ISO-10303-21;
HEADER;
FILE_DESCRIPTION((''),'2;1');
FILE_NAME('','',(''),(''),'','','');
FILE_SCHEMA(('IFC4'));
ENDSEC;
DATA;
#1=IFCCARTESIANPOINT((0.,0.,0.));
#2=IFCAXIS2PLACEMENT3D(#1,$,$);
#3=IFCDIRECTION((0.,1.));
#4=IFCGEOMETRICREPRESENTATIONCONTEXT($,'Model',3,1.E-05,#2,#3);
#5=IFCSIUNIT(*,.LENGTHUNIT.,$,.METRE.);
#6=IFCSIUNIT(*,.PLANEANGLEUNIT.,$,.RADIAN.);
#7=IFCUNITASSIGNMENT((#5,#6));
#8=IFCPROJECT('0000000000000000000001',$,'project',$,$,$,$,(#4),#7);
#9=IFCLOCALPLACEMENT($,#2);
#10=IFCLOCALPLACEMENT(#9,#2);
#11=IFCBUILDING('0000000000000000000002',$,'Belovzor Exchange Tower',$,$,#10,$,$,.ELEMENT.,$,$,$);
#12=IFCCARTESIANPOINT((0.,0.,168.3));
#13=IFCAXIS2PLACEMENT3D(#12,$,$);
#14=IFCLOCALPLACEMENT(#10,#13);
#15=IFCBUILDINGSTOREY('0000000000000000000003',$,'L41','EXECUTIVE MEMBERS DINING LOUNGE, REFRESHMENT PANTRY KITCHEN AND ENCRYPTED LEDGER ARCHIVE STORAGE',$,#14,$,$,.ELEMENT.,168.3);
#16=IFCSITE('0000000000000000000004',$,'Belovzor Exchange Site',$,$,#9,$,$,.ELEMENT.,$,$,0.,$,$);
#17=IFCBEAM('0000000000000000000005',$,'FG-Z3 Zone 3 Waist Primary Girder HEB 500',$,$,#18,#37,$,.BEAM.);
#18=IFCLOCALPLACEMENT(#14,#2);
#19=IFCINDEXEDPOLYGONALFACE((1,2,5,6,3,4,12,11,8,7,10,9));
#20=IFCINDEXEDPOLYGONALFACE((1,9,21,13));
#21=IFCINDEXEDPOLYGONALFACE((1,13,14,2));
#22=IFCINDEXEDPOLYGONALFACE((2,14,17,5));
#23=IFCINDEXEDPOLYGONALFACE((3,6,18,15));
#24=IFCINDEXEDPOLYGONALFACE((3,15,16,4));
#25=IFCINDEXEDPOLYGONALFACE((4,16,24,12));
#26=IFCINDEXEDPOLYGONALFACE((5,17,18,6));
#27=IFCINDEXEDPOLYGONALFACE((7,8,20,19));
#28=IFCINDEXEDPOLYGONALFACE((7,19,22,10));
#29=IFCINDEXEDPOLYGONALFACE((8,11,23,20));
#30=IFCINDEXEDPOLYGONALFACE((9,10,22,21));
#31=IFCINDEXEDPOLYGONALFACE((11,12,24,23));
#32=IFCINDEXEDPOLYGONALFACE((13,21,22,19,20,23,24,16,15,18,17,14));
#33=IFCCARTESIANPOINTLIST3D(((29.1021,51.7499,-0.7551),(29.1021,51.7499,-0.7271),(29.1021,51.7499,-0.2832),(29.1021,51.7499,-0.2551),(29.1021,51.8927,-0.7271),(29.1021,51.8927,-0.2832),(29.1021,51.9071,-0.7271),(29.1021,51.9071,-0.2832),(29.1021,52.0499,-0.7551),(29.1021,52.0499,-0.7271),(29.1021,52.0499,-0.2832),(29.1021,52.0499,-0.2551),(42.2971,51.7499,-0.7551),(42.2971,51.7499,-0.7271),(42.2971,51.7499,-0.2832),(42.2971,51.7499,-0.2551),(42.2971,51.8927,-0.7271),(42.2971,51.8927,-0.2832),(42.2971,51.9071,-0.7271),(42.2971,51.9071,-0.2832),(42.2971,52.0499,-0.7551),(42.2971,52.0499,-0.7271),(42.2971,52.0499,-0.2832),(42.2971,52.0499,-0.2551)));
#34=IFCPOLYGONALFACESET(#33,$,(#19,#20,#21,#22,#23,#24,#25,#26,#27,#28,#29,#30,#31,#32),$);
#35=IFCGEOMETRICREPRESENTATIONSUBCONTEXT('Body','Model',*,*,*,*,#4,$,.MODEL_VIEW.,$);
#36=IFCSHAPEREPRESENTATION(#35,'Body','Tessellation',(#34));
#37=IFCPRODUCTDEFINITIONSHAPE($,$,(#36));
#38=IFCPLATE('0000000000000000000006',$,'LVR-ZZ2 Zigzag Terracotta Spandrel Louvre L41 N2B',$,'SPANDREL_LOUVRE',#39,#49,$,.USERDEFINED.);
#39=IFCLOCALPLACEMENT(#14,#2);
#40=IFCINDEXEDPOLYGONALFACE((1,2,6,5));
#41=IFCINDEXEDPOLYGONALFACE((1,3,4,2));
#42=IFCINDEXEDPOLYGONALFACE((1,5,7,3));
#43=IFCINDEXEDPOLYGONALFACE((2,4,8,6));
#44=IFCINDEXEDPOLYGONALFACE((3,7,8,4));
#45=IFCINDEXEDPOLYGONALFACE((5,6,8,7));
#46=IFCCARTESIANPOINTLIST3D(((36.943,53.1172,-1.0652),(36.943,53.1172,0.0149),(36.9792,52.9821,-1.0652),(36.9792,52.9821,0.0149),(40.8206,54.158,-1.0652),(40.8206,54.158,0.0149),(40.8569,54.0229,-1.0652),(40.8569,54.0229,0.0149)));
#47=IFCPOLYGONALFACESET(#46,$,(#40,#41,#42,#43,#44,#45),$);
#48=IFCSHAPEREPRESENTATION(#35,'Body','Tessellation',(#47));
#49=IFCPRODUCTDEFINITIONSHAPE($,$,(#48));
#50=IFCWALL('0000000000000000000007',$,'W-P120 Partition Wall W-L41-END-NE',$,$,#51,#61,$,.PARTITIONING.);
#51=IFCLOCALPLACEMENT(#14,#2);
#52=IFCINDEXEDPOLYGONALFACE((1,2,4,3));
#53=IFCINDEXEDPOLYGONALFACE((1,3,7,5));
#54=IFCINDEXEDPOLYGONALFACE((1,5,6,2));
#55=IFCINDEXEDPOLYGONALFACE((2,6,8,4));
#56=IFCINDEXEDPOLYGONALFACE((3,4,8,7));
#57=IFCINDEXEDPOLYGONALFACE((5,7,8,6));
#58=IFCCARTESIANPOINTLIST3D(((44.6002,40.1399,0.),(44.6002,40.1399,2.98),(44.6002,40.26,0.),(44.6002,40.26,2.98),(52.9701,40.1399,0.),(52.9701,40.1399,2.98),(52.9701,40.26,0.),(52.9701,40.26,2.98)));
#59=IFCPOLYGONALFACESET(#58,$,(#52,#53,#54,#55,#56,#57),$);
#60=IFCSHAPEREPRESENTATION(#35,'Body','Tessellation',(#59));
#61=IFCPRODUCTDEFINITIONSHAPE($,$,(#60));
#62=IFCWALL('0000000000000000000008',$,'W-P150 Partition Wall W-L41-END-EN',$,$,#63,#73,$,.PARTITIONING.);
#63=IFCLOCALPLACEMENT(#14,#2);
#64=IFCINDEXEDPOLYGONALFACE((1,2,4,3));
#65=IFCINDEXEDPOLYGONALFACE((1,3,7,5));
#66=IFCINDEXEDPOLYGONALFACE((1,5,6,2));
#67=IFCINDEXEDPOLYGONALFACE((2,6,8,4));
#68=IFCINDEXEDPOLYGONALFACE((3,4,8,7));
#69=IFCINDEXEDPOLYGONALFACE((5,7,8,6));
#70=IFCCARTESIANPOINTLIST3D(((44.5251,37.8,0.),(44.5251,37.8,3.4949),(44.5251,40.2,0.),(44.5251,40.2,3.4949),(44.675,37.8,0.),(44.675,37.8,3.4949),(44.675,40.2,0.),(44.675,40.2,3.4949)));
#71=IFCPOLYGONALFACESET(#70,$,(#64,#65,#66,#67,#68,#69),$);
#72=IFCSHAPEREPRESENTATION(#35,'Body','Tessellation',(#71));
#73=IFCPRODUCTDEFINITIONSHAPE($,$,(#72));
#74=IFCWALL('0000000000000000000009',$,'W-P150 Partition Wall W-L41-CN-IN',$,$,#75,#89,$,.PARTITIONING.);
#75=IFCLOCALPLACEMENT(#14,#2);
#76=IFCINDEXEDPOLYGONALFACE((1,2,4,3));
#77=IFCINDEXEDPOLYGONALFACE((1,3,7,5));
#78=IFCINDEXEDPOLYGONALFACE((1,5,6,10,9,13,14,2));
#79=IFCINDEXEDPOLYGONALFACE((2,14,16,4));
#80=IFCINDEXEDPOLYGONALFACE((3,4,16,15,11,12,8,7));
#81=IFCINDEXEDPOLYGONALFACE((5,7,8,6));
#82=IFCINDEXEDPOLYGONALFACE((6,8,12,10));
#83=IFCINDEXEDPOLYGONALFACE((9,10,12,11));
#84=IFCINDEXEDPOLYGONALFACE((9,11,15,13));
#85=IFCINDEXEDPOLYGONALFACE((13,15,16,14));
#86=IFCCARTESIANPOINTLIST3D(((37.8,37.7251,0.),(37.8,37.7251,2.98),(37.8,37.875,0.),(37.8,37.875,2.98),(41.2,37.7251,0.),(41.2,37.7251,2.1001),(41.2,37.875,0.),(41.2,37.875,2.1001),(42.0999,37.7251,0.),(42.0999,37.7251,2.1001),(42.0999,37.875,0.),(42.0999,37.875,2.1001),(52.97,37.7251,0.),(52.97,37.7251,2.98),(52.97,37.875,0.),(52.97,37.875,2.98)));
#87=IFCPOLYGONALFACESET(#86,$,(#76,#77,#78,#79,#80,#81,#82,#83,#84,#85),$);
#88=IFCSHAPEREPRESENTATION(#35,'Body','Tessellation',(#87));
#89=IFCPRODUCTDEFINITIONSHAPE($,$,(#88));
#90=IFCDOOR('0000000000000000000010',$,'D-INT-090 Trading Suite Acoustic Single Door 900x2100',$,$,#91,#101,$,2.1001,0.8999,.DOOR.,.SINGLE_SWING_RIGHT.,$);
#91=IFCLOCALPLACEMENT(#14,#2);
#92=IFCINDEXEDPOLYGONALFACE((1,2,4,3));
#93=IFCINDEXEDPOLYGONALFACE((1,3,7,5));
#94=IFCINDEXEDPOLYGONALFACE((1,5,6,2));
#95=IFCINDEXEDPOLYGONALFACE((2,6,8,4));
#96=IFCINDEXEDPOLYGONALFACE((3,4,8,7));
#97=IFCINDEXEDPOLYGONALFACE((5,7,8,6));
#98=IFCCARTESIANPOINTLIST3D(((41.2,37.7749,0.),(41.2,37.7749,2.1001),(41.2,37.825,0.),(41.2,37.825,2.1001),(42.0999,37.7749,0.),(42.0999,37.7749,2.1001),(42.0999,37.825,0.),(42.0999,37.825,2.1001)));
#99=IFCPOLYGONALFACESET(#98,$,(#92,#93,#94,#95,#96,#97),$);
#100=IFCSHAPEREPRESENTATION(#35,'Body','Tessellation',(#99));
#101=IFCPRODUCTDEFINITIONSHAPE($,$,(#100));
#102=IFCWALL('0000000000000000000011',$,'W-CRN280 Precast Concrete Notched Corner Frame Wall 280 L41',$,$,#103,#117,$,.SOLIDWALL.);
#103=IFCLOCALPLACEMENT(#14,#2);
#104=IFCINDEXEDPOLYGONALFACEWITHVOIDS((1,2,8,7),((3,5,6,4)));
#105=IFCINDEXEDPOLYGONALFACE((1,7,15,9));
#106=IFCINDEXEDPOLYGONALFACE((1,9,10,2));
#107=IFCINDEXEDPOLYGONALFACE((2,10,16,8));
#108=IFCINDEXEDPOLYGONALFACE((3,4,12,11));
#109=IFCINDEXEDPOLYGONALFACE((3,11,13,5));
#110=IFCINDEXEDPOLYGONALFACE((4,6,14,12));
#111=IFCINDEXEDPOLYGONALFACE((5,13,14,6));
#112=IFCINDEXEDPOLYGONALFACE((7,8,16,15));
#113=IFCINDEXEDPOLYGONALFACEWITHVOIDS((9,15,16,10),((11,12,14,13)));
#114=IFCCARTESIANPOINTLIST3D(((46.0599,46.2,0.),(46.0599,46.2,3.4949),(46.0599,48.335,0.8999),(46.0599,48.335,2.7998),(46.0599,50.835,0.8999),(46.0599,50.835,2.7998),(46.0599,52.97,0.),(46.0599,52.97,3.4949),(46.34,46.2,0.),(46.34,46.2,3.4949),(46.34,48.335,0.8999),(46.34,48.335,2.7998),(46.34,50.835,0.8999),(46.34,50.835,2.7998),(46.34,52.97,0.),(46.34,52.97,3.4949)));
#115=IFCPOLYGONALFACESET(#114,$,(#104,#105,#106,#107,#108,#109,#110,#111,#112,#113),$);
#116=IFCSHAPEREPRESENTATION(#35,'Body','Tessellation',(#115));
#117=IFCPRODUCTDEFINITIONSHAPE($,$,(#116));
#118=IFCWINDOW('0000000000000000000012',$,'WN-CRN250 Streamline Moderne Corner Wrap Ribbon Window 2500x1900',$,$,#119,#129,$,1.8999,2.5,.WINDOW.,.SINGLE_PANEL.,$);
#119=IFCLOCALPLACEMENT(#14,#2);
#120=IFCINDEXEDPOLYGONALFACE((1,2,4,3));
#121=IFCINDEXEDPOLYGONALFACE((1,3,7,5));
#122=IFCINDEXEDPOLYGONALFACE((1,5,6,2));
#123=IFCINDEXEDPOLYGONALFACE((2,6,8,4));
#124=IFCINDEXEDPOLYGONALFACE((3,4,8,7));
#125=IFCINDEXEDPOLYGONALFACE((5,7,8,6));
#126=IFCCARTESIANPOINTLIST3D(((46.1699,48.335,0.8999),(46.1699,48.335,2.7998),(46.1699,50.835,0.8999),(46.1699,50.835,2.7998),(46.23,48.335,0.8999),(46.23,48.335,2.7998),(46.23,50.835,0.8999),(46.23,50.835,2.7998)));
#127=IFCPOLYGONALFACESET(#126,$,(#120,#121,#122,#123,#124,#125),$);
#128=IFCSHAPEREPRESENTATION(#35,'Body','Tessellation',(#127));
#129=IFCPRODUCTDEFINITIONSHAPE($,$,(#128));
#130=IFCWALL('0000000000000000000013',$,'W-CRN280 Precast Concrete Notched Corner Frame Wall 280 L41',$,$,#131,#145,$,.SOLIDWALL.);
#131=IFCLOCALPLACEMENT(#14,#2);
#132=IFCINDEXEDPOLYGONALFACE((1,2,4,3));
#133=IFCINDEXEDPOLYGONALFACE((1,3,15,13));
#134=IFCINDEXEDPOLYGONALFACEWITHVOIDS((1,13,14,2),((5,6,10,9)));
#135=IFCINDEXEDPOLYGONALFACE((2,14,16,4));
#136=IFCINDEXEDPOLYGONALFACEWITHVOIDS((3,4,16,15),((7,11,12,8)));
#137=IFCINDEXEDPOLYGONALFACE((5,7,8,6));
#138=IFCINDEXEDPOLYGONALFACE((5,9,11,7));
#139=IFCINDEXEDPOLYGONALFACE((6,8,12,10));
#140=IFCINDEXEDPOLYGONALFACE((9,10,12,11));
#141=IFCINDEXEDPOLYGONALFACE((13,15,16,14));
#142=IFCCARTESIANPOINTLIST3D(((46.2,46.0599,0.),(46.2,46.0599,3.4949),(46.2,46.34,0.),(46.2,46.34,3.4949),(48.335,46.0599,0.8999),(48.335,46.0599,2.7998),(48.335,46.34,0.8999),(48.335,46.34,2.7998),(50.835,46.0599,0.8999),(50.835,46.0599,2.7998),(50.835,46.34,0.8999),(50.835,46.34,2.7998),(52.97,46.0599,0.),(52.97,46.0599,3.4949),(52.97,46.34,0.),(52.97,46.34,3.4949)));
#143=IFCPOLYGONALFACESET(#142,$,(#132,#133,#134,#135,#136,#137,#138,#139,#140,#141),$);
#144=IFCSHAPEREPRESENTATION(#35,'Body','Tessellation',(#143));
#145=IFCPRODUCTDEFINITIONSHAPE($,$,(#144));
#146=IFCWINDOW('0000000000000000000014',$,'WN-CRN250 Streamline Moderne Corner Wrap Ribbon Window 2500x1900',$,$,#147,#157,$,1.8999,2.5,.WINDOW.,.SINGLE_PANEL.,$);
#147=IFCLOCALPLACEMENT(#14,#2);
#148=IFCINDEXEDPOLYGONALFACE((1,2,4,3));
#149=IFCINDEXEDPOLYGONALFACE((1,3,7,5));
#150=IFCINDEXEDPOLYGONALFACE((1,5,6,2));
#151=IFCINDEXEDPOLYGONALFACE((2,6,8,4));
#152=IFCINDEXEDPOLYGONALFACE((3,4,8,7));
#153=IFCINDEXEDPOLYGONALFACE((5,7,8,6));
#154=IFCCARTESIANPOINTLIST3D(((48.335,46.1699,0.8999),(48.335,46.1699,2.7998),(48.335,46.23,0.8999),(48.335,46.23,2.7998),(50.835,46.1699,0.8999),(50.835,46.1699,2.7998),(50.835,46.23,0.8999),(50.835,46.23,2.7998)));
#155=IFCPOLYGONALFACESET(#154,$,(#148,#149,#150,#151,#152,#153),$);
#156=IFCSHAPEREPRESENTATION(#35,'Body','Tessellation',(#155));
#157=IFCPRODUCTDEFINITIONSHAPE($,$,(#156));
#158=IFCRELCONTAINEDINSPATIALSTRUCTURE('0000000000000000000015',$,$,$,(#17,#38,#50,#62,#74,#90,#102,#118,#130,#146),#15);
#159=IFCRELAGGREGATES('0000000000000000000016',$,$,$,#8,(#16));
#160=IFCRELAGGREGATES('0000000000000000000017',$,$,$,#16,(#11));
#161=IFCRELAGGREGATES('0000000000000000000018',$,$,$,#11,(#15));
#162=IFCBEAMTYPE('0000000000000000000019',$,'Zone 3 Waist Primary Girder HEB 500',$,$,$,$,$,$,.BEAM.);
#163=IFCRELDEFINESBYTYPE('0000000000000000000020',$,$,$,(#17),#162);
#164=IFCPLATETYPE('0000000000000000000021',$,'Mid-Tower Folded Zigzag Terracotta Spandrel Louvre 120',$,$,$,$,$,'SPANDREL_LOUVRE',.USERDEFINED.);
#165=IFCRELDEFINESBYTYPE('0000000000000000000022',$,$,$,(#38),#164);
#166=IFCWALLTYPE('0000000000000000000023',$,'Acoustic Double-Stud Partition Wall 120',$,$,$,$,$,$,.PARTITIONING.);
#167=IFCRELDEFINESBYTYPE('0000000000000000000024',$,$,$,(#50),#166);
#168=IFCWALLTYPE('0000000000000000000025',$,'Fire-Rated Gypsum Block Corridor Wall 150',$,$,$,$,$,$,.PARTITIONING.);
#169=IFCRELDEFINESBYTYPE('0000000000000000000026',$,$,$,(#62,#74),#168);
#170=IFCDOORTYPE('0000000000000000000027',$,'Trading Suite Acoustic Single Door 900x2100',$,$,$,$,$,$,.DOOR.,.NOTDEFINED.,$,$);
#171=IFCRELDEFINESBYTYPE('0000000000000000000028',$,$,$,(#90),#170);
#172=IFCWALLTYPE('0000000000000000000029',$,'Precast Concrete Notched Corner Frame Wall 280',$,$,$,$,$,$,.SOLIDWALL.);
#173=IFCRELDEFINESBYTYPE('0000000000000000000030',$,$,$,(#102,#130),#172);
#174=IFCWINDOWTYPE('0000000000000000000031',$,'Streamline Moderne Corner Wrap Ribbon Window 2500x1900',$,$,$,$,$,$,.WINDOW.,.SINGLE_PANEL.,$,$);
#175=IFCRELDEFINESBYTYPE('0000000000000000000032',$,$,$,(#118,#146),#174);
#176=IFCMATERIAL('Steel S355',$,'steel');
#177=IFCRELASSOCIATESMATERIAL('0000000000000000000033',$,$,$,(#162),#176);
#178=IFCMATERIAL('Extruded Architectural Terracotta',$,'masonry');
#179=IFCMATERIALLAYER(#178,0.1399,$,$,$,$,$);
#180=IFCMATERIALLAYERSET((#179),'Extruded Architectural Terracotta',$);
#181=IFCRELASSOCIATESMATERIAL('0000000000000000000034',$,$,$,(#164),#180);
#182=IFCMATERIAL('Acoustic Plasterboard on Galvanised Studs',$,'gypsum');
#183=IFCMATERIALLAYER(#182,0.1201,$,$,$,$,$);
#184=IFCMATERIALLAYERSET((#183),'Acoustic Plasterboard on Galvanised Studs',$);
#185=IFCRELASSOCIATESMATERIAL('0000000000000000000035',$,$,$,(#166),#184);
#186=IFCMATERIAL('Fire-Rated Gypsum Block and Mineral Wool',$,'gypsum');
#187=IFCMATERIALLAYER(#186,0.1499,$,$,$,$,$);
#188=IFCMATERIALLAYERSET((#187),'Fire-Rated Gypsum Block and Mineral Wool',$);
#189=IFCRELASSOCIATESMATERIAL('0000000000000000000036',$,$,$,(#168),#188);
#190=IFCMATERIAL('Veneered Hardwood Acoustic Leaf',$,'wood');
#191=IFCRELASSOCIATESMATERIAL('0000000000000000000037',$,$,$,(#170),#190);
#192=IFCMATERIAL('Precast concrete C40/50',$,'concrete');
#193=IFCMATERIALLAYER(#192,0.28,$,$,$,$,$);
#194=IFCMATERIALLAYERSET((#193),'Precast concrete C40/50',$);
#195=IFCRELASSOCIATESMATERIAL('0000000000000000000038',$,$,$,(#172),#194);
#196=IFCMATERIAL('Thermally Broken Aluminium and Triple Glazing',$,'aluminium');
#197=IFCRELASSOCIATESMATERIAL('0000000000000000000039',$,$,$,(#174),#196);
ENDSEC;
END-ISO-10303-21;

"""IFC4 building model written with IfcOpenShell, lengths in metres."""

from ifc_helpers import new_model, si_unit, direction, frame, frame_2d, origin, origin_2d, place, context, subcontext, project, spatial, rectangle, i_section, extrude, material, layer, layer_set, material_profile, profile_set, type_object, element, fill, save


model = new_model("IFC4")

# Units and contexts
model_context = context("Model", 3, precision=1e-05, world=origin(), true_north=direction((0.0, 1.0)))
body_context = subcontext(model_context, "Body", "Model", "MODEL_VIEW")
ifc_project = project(units=[si_unit("LENGTHUNIT", "METRE"), si_unit("PLANEANGLEUNIT", "RADIAN")], contexts=[model_context])

# Site, building, storey
site_placement = place(None, origin())
site = spatial("IfcSite", under=ifc_project, at=site_placement, Name="Belovzor Exchange Site", CompositionType="ELEMENT", RefElevation=0.0)
building_placement = place(site_placement, origin())
building = spatial("IfcBuilding", under=site, at=building_placement, Name="Belovzor Exchange Tower", CompositionType="ELEMENT")
storey_placement = place(building_placement, frame((0.0, 0.0, 168.3)))
storey = spatial("IfcBuildingStorey", under=building, at=storey_placement, Name="L41", Description="EXECUTIVE MEMBERS DINING LOUNGE, REFRESHMENT PANTRY KITCHEN AND ENCRYPTED LEDGER ARCHIVE STORAGE", CompositionType="ELEMENT", Elevation=168.3)

# Beam
ifc_material_1 = material(Name="Steel S355", Category="steel")
ifc_material_profile_1 = material_profile(ifc_material_1, i_section(OverallWidth=0.3, OverallDepth=0.5, WebThickness=0.0144, FlangeThickness=0.0281, at=origin_2d()))
ifc_profile_set_1 = profile_set([ifc_material_profile_1], Name="Steel S355")
beam_type_1 = type_object("IfcBeamType", Name="Zone 3 Waist Primary Girder HEB 500", PredefinedType="BEAM", material=ifc_profile_set_1)
beam_1_placement = place(storey_placement, frame((42.2971, 51.8999, -0.5051), z_axis=(-1.0, 0.0, 0.0), x_axis=(0.0, -1.0, 0.0)))
element("IfcBeam", 1, at=beam_1_placement, inside=storey, type_object=beam_type_1, Name="FG-Z3 Zone 3 Waist Primary Girder HEB 500", PredefinedType="BEAM", context=body_context, shape_type="SweptSolid", body=[
    extrude(i_section(OverallWidth=0.3, OverallDepth=0.5, WebThickness=0.0144, FlangeThickness=0.0281, at=origin_2d()), origin(), (0.0, 0.0, 1.0), 13.1951),
])

# Plate
ifc_material_2 = material(Name="Extruded Architectural Terracotta", Category="masonry")
ifc_layer_1 = layer(ifc_material_2, 0.1399)
ifc_layer_set_1 = layer_set([ifc_layer_1], Name="Extruded Architectural Terracotta")
plate_type = type_object("IfcPlateType", Name="Mid-Tower Folded Zigzag Terracotta Spandrel Louvre 120", ElementType="SPANDREL_LOUVRE", PredefinedType="USERDEFINED", material=ifc_layer_set_1)
plate_placement = place(storey_placement, frame((38.8999, 53.5701, -1.0652), z_axis=(0.0, 0.0, 1.0), x_axis=(0.965813, 0.25924, 0.0)))
element("IfcPlate", 2, at=plate_placement, inside=storey, type_object=plate_type, Name="LVR-ZZ2 Zigzag Terracotta Spandrel Louvre L41 N2B", ObjectType="SPANDREL_LOUVRE", PredefinedType="USERDEFINED", context=body_context, shape_type="SweptSolid", body=[
    extrude(rectangle(XDim=4.0149, YDim=0.1399, at=origin_2d()), origin(), (0.0, 0.0, 1.0), 1.0801),
])

# Walls
ifc_material_3 = material(Name="Acoustic Plasterboard on Galvanised Studs", Category="gypsum")
ifc_layer_2 = layer(ifc_material_3, 0.1201)
ifc_layer_set_2 = layer_set([ifc_layer_2], Name="Acoustic Plasterboard on Galvanised Studs")
wall_type_1 = type_object("IfcWallType", Name="Acoustic Double-Stud Partition Wall 120", PredefinedType="PARTITIONING", material=ifc_layer_set_2)
wall_1_placement = place(storey_placement, frame((44.6001, 40.2, 0.0), z_axis=(0.0, 0.0, 1.0), x_axis=(1.0, 0.0, 0.0)))
element("IfcWall", 3, at=wall_1_placement, inside=storey, type_object=wall_type_1, Name="W-P120 Partition Wall W-L41-END-NE", PredefinedType="PARTITIONING", context=body_context, shape_type="SweptSolid", body=[
    extrude(rectangle(XDim=8.3699, YDim=0.1201, at=frame_2d((4.1851, 0.0))), origin(), (0.0, 0.0, 1.0), 2.98),
])
ifc_material_4 = material(Name="Fire-Rated Gypsum Block and Mineral Wool", Category="gypsum")
ifc_layer_3 = layer(ifc_material_4, 0.1499)
ifc_layer_set_3 = layer_set([ifc_layer_3], Name="Fire-Rated Gypsum Block and Mineral Wool")
wall_type_2 = type_object("IfcWallType", Name="Fire-Rated Gypsum Block Corridor Wall 150", PredefinedType="PARTITIONING", material=ifc_layer_set_3)
wall_2_placement = place(storey_placement, frame((44.6001, 37.8, 0.0), z_axis=(0.0, 0.0, 1.0), x_axis=(0.0, 1.0, 0.0)))
element("IfcWall", 4, at=wall_2_placement, inside=storey, type_object=wall_type_2, Name="W-P150 Partition Wall W-L41-END-EN", PredefinedType="PARTITIONING", context=body_context, shape_type="SweptSolid", body=[
    extrude(rectangle(XDim=2.3999, YDim=0.1499, at=frame_2d((1.2, 0.0))), origin(), (0.0, 0.0, 1.0), 3.4949),
])

# Wall, opening, door
wall_3_placement = place(storey_placement, frame((37.8, 37.8, 0.0), z_axis=(0.0, 0.0, 1.0), x_axis=(1.0, 0.0, 0.0)))
wall_3 = element("IfcWall", 5, at=wall_3_placement, inside=storey, type_object=wall_type_2, Name="W-P150 Partition Wall W-L41-CN-IN", PredefinedType="PARTITIONING", context=body_context, shape_type="SweptSolid", body=[
    extrude(rectangle(XDim=15.1699, YDim=0.1499, at=frame_2d((7.585, 0.0))), origin(), (0.0, 0.0, 1.0), 2.98),
])
opening_1_placement = place(wall_3_placement, frame((3.3999, 0.0, 0.0)))
opening_1 = element("IfcOpeningElement", 6, at=opening_1_placement, cuts=wall_3, PredefinedType="OPENING", context=body_context, shape_type="SweptSolid", body=[
    extrude(rectangle(XDim=0.8999, YDim=2.1001, at=frame_2d((0.45, 1.05))), frame((0.0, 0.085, 0.0), z_axis=(0.0, -1.0, 0.0), x_axis=(1.0, 0.0, 0.0)), (0.0, 0.0, 1.0), 0.1699),
])
ifc_material_5 = material(Name="Veneered Hardwood Acoustic Leaf", Category="wood")
door_type_1 = type_object("IfcDoorType", Name="Trading Suite Acoustic Single Door 900x2100", OperationType="NOTDEFINED", PredefinedType="DOOR", material=ifc_material_5)
door_1_placement = place(opening_1_placement, origin())
door_1 = element("IfcDoor", 7, at=door_1_placement, inside=storey, type_object=door_type_1, Name="D-INT-090 Trading Suite Acoustic Single Door 900x2100", OperationType="SINGLE_SWING_RIGHT", OverallHeight=2.1001, OverallWidth=0.8999, PredefinedType="DOOR", context=body_context, shape_type="SweptSolid", body=[
    extrude(rectangle(XDim=0.8999, YDim=2.1001, at=frame_2d((0.45, 1.05))), frame((0.0, 0.0249, 0.0), z_axis=(0.0, -1.0, 0.0), x_axis=(1.0, 0.0, 0.0)), (0.0, 0.0, 1.0), 0.05),
])
fill(opening_1, door_1)

# Walls, openings, windows
ifc_material_6 = material(Name="Precast concrete C40/50", Category="concrete")
ifc_layer_4 = layer(ifc_material_6, 0.28)
ifc_layer_set_4 = layer_set([ifc_layer_4], Name="Precast concrete C40/50")
wall_type_3 = type_object("IfcWallType", Name="Precast Concrete Notched Corner Frame Wall 280", PredefinedType="SOLIDWALL", material=ifc_layer_set_4)
wall_4_placement = place(storey_placement, frame((46.2, 52.97, 0.0), z_axis=(0.0, 0.0, 1.0), x_axis=(0.0, -1.0, 0.0)))
wall_4 = element("IfcWall", 8, at=wall_4_placement, inside=storey, type_object=wall_type_3, Name="W-CRN280 Precast Concrete Notched Corner Frame Wall 280 L41", PredefinedType="SOLIDWALL", context=body_context, shape_type="SweptSolid", body=[
    extrude(rectangle(XDim=6.77, YDim=0.28, at=frame_2d((3.385, 0.0))), origin(), (0.0, 0.0, 1.0), 3.4949),
])
opening_2_placement = place(wall_4_placement, frame((2.135, 0.0, 0.8999)))
opening_2 = element("IfcOpeningElement", 9, at=opening_2_placement, cuts=wall_4, PredefinedType="OPENING", context=body_context, shape_type="SweptSolid", body=[
    extrude(rectangle(XDim=2.5, YDim=1.8999, at=frame_2d((1.25, 0.95))), frame((0.0, 0.1499, 0.0), z_axis=(0.0, -1.0, 0.0), x_axis=(1.0, 0.0, 0.0)), (0.0, 0.0, 1.0), 0.3),
])
ifc_material_7 = material(Name="Thermally Broken Aluminium and Triple Glazing", Category="aluminium")
window_type = type_object("IfcWindowType", Name="Streamline Moderne Corner Wrap Ribbon Window 2500x1900", PartitioningType="SINGLE_PANEL", PredefinedType="WINDOW", material=ifc_material_7)
window_1_placement = place(opening_2_placement, origin())
window_1 = element("IfcWindow", 10, at=window_1_placement, inside=storey, type_object=window_type, Name="WN-CRN250 Streamline Moderne Corner Wrap Ribbon Window 2500x1900", OverallHeight=1.8999, OverallWidth=2.5, PartitioningType="SINGLE_PANEL", PredefinedType="WINDOW", context=body_context, shape_type="SweptSolid", body=[
    extrude(rectangle(XDim=2.5, YDim=1.8999, at=frame_2d((1.25, 0.95))), frame((0.0, 0.03, 0.0), z_axis=(0.0, -1.0, 0.0), x_axis=(1.0, 0.0, 0.0)), (0.0, 0.0, 1.0), 0.0601),
])
fill(opening_2, window_1)
wall_5_placement = place(storey_placement, frame((46.2, 46.2, 0.0), z_axis=(0.0, 0.0, 1.0), x_axis=(1.0, 0.0, 0.0)))
wall_5 = element("IfcWall", 11, at=wall_5_placement, inside=storey, type_object=wall_type_3, Name="W-CRN280 Precast Concrete Notched Corner Frame Wall 280 L41", PredefinedType="SOLIDWALL", context=body_context, shape_type="SweptSolid", body=[
    extrude(rectangle(XDim=6.77, YDim=0.28, at=frame_2d((3.385, 0.0))), origin(), (0.0, 0.0, 1.0), 3.4949),
])
opening_3_placement = place(wall_5_placement, frame((2.135, 0.0, 0.8999)))
opening_3 = element("IfcOpeningElement", 12, at=opening_3_placement, cuts=wall_5, PredefinedType="OPENING", context=body_context, shape_type="SweptSolid", body=[
    extrude(rectangle(XDim=2.5, YDim=1.8999, at=frame_2d((1.25, 0.95))), frame((0.0, 0.1499, 0.0), z_axis=(0.0, -1.0, 0.0), x_axis=(1.0, 0.0, 0.0)), (0.0, 0.0, 1.0), 0.3),
])
window_2_placement = place(opening_3_placement, origin())
window_2 = element("IfcWindow", 13, at=window_2_placement, inside=storey, type_object=window_type, Name="WN-CRN250 Streamline Moderne Corner Wrap Ribbon Window 2500x1900", OverallHeight=1.8999, OverallWidth=2.5, PartitioningType="SINGLE_PANEL", PredefinedType="WINDOW", context=body_context, shape_type="SweptSolid", body=[
    extrude(rectangle(XDim=2.5, YDim=1.8999, at=frame_2d((1.25, 0.95))), frame((0.0, 0.03, 0.0), z_axis=(0.0, -1.0, 0.0), x_axis=(1.0, 0.0, 0.0)), (0.0, 0.0, 1.0), 0.0601),
])
fill(opening_3, window_2)

save(model, "model.ifc")
